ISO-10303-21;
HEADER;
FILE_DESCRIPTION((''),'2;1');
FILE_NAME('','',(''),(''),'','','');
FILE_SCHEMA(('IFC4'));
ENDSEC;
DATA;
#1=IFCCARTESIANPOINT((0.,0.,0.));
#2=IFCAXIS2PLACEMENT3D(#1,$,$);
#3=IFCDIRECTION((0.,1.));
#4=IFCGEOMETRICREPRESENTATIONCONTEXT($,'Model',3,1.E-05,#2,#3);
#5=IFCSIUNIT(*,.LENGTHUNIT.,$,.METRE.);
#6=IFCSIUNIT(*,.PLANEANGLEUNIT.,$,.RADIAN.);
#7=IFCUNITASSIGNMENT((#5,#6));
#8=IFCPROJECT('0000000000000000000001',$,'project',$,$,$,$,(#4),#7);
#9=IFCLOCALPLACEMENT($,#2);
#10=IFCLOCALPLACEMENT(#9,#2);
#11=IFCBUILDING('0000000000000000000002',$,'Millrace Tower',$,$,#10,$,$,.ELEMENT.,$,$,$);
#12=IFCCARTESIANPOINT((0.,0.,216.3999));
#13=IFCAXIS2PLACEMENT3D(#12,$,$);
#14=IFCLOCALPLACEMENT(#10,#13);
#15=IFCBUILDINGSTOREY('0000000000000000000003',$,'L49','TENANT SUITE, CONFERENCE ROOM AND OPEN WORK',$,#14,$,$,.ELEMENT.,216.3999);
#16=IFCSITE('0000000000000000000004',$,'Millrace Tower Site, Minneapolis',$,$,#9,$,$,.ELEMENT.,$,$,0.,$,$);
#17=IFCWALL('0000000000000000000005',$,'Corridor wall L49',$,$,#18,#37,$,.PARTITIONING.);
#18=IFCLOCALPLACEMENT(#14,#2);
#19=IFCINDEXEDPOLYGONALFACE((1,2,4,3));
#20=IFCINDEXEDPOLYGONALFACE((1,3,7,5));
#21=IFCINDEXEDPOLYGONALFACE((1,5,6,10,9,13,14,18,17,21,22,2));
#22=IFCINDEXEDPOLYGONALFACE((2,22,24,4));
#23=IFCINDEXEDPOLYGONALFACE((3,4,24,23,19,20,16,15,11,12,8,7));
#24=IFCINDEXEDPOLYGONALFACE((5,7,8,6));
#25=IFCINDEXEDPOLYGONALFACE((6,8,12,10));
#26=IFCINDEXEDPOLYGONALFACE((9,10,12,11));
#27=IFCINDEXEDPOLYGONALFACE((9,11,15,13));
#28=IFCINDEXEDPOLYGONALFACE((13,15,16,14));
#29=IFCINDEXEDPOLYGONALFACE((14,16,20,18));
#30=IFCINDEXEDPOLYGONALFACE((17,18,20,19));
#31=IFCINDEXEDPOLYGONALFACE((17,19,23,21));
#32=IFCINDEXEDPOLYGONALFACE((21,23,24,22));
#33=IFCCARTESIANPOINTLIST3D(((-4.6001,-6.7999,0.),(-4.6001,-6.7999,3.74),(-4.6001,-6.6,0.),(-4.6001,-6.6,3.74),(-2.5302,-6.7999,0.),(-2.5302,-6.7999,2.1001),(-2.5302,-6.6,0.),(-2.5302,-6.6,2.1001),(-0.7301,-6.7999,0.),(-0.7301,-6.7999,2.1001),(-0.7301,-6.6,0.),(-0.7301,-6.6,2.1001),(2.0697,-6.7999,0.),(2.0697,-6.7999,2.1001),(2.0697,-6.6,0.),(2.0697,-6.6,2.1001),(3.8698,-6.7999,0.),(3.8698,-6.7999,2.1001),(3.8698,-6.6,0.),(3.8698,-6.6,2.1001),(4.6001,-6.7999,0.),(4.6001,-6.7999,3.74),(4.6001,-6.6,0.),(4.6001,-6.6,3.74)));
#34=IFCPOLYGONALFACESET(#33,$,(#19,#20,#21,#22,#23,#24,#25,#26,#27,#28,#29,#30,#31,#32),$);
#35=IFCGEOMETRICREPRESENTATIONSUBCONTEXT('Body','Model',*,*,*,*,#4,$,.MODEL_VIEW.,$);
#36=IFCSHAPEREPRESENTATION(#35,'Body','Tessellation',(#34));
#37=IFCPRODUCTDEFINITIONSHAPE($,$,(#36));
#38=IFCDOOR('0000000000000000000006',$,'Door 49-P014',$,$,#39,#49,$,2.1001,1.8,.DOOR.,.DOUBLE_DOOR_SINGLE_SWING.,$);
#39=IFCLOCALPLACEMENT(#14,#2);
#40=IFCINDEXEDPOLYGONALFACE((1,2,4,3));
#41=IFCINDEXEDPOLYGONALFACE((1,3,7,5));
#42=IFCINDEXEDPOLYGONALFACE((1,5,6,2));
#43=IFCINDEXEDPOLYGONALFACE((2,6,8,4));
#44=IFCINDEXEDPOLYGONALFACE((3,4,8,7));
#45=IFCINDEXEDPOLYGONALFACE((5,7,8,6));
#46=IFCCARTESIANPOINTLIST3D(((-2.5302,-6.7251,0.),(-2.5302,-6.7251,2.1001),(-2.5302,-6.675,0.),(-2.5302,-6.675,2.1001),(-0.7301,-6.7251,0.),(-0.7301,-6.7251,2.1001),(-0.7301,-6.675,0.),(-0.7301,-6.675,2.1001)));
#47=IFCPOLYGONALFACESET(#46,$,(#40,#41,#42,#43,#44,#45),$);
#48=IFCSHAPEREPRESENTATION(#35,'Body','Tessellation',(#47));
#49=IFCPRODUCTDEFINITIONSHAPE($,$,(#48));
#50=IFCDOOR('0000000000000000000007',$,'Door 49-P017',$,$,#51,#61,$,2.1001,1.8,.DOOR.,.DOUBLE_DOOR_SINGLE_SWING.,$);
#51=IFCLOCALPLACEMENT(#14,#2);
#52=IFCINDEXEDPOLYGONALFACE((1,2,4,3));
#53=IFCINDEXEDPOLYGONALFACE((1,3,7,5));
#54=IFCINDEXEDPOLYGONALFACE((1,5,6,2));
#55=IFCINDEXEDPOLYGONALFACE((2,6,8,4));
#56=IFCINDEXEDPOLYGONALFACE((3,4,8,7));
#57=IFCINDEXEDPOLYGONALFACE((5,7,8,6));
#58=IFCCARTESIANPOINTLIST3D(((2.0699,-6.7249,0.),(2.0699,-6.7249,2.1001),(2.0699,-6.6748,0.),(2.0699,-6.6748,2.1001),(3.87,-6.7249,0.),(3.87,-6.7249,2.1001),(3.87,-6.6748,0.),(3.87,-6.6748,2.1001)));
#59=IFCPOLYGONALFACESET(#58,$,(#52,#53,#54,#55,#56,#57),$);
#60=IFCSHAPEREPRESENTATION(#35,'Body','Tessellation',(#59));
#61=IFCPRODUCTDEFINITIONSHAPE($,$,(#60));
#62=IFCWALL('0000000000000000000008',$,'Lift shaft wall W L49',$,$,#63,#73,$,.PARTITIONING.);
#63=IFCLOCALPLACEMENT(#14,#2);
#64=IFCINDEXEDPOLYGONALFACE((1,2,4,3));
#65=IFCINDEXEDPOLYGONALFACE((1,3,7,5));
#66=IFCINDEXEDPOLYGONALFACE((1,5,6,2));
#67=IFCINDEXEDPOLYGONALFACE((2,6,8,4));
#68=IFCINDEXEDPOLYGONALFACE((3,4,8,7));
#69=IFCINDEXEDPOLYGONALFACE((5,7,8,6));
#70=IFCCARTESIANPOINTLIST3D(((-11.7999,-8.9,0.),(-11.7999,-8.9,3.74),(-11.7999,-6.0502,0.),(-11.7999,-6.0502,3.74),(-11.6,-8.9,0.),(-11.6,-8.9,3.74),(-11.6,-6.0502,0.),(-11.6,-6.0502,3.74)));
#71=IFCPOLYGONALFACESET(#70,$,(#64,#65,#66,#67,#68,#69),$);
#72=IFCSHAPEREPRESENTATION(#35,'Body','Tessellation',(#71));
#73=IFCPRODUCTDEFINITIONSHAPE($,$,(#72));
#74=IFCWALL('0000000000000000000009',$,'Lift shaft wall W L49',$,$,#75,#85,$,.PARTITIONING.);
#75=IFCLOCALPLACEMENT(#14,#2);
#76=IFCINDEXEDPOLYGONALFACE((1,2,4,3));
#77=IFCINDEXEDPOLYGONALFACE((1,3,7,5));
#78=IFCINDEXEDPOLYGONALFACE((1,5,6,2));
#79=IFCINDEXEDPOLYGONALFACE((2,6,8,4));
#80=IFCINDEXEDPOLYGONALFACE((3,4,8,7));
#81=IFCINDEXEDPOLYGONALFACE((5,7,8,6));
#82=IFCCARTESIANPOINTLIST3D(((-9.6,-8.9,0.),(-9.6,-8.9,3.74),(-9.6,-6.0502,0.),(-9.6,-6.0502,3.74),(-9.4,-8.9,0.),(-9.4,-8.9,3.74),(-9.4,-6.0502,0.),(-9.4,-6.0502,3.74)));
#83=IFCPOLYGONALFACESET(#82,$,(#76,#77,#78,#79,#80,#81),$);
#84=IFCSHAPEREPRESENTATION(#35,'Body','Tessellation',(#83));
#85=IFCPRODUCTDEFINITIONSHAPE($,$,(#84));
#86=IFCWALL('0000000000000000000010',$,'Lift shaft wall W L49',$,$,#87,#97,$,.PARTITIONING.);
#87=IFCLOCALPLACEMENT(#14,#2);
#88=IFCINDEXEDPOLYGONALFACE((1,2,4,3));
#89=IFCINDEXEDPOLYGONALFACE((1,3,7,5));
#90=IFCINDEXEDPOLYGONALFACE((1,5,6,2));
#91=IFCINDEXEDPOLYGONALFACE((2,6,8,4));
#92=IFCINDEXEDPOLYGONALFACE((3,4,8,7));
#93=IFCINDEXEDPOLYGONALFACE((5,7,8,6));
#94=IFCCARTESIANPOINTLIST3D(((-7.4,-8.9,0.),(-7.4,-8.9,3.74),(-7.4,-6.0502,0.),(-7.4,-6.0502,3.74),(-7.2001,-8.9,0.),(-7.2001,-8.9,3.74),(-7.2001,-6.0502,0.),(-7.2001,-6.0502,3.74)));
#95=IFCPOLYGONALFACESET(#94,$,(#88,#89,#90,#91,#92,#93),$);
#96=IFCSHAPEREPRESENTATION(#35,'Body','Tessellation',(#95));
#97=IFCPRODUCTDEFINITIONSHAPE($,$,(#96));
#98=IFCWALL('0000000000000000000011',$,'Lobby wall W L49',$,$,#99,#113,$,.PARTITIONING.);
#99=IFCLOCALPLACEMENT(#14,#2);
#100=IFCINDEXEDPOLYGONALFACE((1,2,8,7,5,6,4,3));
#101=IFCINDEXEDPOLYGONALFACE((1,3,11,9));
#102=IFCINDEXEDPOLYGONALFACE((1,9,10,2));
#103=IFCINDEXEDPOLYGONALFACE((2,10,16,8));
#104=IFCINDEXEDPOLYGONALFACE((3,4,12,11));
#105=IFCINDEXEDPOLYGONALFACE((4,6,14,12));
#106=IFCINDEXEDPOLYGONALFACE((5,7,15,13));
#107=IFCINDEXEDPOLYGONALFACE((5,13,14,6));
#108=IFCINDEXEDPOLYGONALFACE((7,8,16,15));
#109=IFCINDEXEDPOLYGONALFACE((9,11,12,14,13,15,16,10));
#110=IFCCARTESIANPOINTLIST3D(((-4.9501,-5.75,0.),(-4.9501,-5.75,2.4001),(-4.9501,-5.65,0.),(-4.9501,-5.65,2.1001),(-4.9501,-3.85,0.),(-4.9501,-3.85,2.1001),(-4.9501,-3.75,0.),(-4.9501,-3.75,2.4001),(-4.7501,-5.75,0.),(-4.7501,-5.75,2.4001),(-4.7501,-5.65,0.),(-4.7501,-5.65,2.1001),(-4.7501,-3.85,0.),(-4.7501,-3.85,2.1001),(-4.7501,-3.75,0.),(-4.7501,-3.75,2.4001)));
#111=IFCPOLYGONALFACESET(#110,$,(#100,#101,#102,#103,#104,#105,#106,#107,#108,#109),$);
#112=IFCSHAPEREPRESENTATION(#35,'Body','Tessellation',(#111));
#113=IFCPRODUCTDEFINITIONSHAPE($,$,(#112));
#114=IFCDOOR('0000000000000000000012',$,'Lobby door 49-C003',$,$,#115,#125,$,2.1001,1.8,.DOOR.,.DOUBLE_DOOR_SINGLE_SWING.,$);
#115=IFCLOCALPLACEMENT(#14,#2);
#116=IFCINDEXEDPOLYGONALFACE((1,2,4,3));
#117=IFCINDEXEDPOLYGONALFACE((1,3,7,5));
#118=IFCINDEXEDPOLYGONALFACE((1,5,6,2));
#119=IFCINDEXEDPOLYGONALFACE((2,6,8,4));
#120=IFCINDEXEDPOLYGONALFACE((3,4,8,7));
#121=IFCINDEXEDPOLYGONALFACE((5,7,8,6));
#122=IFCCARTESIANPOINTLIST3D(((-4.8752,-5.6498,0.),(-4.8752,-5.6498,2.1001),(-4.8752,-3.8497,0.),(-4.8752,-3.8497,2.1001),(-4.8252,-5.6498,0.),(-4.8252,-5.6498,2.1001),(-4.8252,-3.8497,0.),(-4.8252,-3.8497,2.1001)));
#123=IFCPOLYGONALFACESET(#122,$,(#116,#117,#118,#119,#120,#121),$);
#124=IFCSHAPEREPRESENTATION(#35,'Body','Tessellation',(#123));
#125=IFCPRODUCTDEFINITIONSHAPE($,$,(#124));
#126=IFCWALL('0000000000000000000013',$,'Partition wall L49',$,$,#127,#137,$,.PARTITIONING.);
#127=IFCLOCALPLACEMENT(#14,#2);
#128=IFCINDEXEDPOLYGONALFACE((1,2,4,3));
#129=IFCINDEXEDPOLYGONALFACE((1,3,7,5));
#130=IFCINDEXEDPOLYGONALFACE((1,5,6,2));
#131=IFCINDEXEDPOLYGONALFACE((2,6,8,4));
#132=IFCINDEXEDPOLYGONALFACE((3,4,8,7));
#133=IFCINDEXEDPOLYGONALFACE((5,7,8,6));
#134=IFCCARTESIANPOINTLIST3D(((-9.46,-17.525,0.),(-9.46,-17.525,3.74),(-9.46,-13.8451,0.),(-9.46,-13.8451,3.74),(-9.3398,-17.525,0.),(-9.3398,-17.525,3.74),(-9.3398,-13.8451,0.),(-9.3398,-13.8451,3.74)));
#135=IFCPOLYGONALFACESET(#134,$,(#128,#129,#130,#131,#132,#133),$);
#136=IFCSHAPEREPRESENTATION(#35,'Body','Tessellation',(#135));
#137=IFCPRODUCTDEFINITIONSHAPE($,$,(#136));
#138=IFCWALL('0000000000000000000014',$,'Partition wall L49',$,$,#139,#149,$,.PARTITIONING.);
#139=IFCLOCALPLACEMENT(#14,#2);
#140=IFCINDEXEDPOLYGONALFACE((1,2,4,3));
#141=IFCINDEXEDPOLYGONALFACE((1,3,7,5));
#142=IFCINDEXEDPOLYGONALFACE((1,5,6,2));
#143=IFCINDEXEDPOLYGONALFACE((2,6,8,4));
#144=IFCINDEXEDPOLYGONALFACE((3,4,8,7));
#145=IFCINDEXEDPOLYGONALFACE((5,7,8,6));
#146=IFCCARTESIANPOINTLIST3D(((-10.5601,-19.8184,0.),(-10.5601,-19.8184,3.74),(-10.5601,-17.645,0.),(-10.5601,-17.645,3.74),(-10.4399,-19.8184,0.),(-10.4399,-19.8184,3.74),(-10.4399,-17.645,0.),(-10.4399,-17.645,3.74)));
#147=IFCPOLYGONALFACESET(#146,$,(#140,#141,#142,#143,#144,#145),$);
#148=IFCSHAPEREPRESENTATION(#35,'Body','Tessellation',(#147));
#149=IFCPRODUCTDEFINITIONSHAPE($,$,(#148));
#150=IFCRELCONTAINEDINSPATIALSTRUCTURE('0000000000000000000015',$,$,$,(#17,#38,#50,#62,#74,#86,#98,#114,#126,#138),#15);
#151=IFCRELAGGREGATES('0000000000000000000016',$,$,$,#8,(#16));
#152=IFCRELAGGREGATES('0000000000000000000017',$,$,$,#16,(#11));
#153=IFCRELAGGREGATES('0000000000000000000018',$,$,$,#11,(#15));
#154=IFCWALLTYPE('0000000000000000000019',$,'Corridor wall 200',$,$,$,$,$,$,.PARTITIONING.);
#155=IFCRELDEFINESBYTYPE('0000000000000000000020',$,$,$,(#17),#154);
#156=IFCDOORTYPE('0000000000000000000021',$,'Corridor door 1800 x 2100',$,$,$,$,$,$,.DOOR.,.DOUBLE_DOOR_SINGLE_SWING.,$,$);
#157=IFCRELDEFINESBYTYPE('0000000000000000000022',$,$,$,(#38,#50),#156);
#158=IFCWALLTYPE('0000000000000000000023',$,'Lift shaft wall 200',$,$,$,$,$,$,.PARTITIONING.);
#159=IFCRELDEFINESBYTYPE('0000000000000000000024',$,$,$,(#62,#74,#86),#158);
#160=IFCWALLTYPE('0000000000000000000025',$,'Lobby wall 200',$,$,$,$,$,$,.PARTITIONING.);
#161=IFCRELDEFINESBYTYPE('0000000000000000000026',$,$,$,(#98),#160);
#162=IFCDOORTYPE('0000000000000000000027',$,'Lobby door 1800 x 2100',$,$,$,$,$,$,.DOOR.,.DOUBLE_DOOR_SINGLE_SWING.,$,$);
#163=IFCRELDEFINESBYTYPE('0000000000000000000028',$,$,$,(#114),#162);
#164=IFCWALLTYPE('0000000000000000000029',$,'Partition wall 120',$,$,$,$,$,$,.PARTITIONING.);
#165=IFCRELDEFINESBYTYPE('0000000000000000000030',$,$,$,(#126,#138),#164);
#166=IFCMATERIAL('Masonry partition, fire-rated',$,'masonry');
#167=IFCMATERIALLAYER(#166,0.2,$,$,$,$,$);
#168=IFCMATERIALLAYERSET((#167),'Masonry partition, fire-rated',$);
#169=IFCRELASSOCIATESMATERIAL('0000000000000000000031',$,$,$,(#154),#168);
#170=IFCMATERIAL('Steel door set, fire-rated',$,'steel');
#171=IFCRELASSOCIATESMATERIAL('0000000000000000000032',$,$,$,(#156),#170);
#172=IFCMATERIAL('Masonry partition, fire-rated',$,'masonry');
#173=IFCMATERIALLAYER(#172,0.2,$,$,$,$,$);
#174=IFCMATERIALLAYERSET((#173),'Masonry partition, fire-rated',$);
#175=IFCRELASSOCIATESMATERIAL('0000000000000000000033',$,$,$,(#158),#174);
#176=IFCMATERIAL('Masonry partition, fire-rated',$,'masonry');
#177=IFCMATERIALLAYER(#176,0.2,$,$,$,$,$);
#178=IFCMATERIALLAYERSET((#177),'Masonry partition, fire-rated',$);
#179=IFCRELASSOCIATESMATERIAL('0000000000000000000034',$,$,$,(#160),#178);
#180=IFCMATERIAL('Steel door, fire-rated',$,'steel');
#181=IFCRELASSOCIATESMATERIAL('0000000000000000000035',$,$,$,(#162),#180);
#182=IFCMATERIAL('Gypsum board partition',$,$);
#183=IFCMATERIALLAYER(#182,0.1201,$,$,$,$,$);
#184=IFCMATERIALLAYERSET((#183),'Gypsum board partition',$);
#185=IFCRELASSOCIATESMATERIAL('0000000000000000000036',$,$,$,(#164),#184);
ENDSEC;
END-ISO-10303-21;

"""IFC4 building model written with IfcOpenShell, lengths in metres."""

from ifc_helpers import new_model, si_unit, direction, frame, frame_2d, origin, place, context, subcontext, project, spatial, rectangle, extrude, material, layer, layer_set, type_object, element, fill, save


model = new_model("IFC4")

# Units and contexts
model_context = context("Model", 3, precision=1e-05, world=origin(), true_north=direction((0.0, 1.0)))
body_context = subcontext(model_context, "Body", "Model", "MODEL_VIEW")
ifc_project = project(units=[si_unit("LENGTHUNIT", "METRE"), si_unit("PLANEANGLEUNIT", "RADIAN")], contexts=[model_context])

# Site, building, storey
site_placement = place(None, origin())
site = spatial("IfcSite", under=ifc_project, at=site_placement, Name="Millrace Tower Site, Minneapolis", CompositionType="ELEMENT", RefElevation=0.0)
building_placement = place(site_placement, origin())
building = spatial("IfcBuilding", under=site, at=building_placement, Name="Millrace Tower", CompositionType="ELEMENT")
storey_placement = place(building_placement, frame((0.0, 0.0, 216.3999)))
storey = spatial("IfcBuildingStorey", under=building, at=storey_placement, Name="L49", Description="TENANT SUITE, CONFERENCE ROOM AND OPEN WORK", CompositionType="ELEMENT", Elevation=216.3999)

# Wall, openings, doors
ifc_material_1 = material(Name="Masonry partition, fire-rated", Category="masonry")
ifc_layer_1 = layer(ifc_material_1, 0.2)
ifc_layer_set_1 = layer_set([ifc_layer_1], Name="Masonry partition, fire-rated")
wall_type_1 = type_object("IfcWallType", Name="Corridor wall 200", PredefinedType="PARTITIONING", material=ifc_layer_set_1)
wall_1_placement = place(storey_placement, frame((-4.6001, -6.7, 0.0), z_axis=(0.0, 0.0, 1.0), x_axis=(1.0, 0.0, 0.0)))
wall_1 = element("IfcWall", 1, at=wall_1_placement, inside=storey, type_object=wall_type_1, Name="Corridor wall L49", PredefinedType="PARTITIONING", context=body_context, shape_type="SweptSolid", body=[
    extrude(rectangle(XDim=9.2002, YDim=0.2, at=frame_2d((4.6001, 0.0))), origin(), (0.0, 0.0, 1.0), 3.74),
])
opening_1_placement = place(wall_1_placement, frame((2.0701, 0.0, 0.0)))
opening_1 = element("IfcOpeningElement", 2, at=opening_1_placement, cuts=wall_1, PredefinedType="OPENING", context=body_context, shape_type="SweptSolid", body=[
    extrude(rectangle(XDim=1.8, YDim=2.1001, at=frame_2d((0.8999, 1.05))), frame((0.0, 0.1099, 0.0), z_axis=(0.0, -1.0, 0.0), x_axis=(1.0, 0.0, 0.0)), (0.0, 0.0, 1.0), 0.22),
])
opening_2_placement = place(wall_1_placement, frame((6.6699, 0.0, 0.0)))
opening_2 = element("IfcOpeningElement", 3, at=opening_2_placement, cuts=wall_1, PredefinedType="OPENING", context=body_context, shape_type="SweptSolid", body=[
    extrude(rectangle(XDim=1.8, YDim=2.1001, at=frame_2d((0.8999, 1.05))), frame((0.0, 0.1099, 0.0), z_axis=(0.0, -1.0, 0.0), x_axis=(1.0, 0.0, 0.0)), (0.0, 0.0, 1.0), 0.22),
])
ifc_material_2 = material(Name="Steel door set, fire-rated", Category="steel")
door_type_1 = type_object("IfcDoorType", Name="Corridor door 1800 x 2100", OperationType="DOUBLE_DOOR_SINGLE_SWING", PredefinedType="DOOR", material=ifc_material_2)
door_1_placement = place(opening_1_placement, origin())
door_1 = element("IfcDoor", 4, at=door_1_placement, inside=storey, type_object=door_type_1, Name="Door 49-P014", OperationType="DOUBLE_DOOR_SINGLE_SWING", OverallHeight=2.1001, OverallWidth=1.8, PredefinedType="DOOR", context=body_context, shape_type="SweptSolid", body=[
    extrude(rectangle(XDim=1.8, YDim=2.1001, at=frame_2d((0.8999, 1.05))), frame((0.0, 0.0249, 0.0), z_axis=(0.0, -1.0, 0.0), x_axis=(1.0, 0.0, 0.0)), (0.0, 0.0, 1.0), 0.05),
])
fill(opening_1, door_1)
door_2_placement = place(opening_2_placement, frame((1.8, 0.0, 0.0), z_axis=(0.0, 0.0, 1.0), x_axis=(-1.0, 0.0, 0.0)))
door_2 = element("IfcDoor", 5, at=door_2_placement, inside=storey, type_object=door_type_1, Name="Door 49-P017", OperationType="DOUBLE_DOOR_SINGLE_SWING", OverallHeight=2.1001, OverallWidth=1.8, PredefinedType="DOOR", context=body_context, shape_type="SweptSolid", body=[
    extrude(rectangle(XDim=1.8, YDim=2.1001, at=frame_2d((0.8999, 1.05))), frame((0.0, 0.0249, 0.0), z_axis=(0.0, -1.0, 0.0), x_axis=(1.0, 0.0, 0.0)), (0.0, 0.0, 1.0), 0.05),
])
fill(opening_2, door_2)

# Walls
ifc_material_3 = material(Name="Masonry partition, fire-rated", Category="masonry")
ifc_layer_2 = layer(ifc_material_3, 0.2)
ifc_layer_set_2 = layer_set([ifc_layer_2], Name="Masonry partition, fire-rated")
wall_type_2 = type_object("IfcWallType", Name="Lift shaft wall 200", PredefinedType="PARTITIONING", material=ifc_layer_set_2)
for number, where, z_axis, x_axis, name in (
    (6, (-11.7, -8.8999, 0.0), (0.0, 0.0, 1.0), (0.0, 1.0, 0.0), "Lift shaft wall W L49"),
    (7, (-9.5, -8.8999, 0.0), (0.0, 0.0, 1.0), (0.0, 1.0, 0.0), "Lift shaft wall W L49"),
    (8, (-7.3, -8.8999, 0.0), (0.0, 0.0, 1.0), (0.0, 1.0, 0.0), "Lift shaft wall W L49"),
):
    element("IfcWall", number, at=place(storey_placement, frame(where, z_axis=z_axis, x_axis=x_axis)), inside=storey, type_object=wall_type_2, Name=name, PredefinedType="PARTITIONING", context=body_context, shape_type="SweptSolid", body=[
        extrude(rectangle(XDim=2.8499, YDim=0.2, at=frame_2d((1.4248, 0.0))), origin(), (0.0, 0.0, 1.0), 3.74),
    ])

# Wall, opening, door
ifc_material_4 = material(Name="Masonry partition, fire-rated", Category="masonry")
ifc_layer_3 = layer(ifc_material_4, 0.2)
ifc_layer_set_3 = layer_set([ifc_layer_3], Name="Masonry partition, fire-rated")
wall_type_3 = type_object("IfcWallType", Name="Lobby wall 200", PredefinedType="PARTITIONING", material=ifc_layer_set_3)
wall_2_placement = place(storey_placement, frame((-4.8501, -5.75, 0.0), z_axis=(0.0, 0.0, 1.0), x_axis=(0.0, 1.0, 0.0)))
wall_2 = element("IfcWall", 9, at=wall_2_placement, inside=storey, type_object=wall_type_3, Name="Lobby wall W L49", PredefinedType="PARTITIONING", context=body_context, shape_type="SweptSolid", body=[
    extrude(rectangle(XDim=2.0, YDim=0.2, at=frame_2d((1.0, 0.0))), origin(), (0.0, 0.0, 1.0), 2.4001),
])
opening_3_placement = place(wall_2_placement, frame((0.1001, 0.0, 0.0)))
opening_3 = element("IfcOpeningElement", 10, at=opening_3_placement, cuts=wall_2, PredefinedType="OPENING", context=body_context, shape_type="SweptSolid", body=[
    extrude(rectangle(XDim=1.8, YDim=2.1001, at=frame_2d((0.8999, 1.05))), frame((0.0, 0.1099, 0.0), z_axis=(0.0, -1.0, 0.0), x_axis=(1.0, 0.0, 0.0)), (0.0, 0.0, 1.0), 0.22),
])
ifc_material_5 = material(Name="Steel door, fire-rated", Category="steel")
door_type_2 = type_object("IfcDoorType", Name="Lobby door 1800 x 2100", OperationType="DOUBLE_DOOR_SINGLE_SWING", PredefinedType="DOOR", material=ifc_material_5)
door_3_placement = place(opening_3_placement, frame((1.8, 0.0, 0.0), z_axis=(0.0, 0.0, 1.0), x_axis=(-1.0, 0.0, 0.0)))
door_3 = element("IfcDoor", 11, at=door_3_placement, inside=storey, type_object=door_type_2, Name="Lobby door 49-C003", OperationType="DOUBLE_DOOR_SINGLE_SWING", OverallHeight=2.1001, OverallWidth=1.8, PredefinedType="DOOR", context=body_context, shape_type="SweptSolid", body=[
    extrude(rectangle(XDim=1.8, YDim=2.1001, at=frame_2d((0.8999, 1.05))), frame((0.0, 0.0249, 0.0), z_axis=(0.0, -1.0, 0.0), x_axis=(1.0, 0.0, 0.0)), (0.0, 0.0, 1.0), 0.05),
])
fill(opening_3, door_3)

# Walls
ifc_material_6 = material(Name="Gypsum board partition")
ifc_layer_4 = layer(ifc_material_6, 0.1201)
ifc_layer_set_4 = layer_set([ifc_layer_4], Name="Gypsum board partition")
wall_type_4 = type_object("IfcWallType", Name="Partition wall 120", PredefinedType="PARTITIONING", material=ifc_layer_set_4)
wall_3_placement = place(storey_placement, frame((-9.3999, -17.5249, 0.0), z_axis=(0.0, 0.0, 1.0), x_axis=(0.0, 1.0, 0.0)))
element("IfcWall", 12, at=wall_3_placement, inside=storey, type_object=wall_type_4, Name="Partition wall L49", PredefinedType="PARTITIONING", context=body_context, shape_type="SweptSolid", body=[
    extrude(rectangle(XDim=3.6799, YDim=0.1201, at=frame_2d((1.8398, 0.0))), origin(), (0.0, 0.0, 1.0), 3.74),
])
wall_4_placement = place(storey_placement, frame((-10.5, -19.8184, 0.0), z_axis=(0.0, 0.0, 1.0), x_axis=(0.0, 1.0, 0.0)))
element("IfcWall", 13, at=wall_4_placement, inside=storey, type_object=wall_type_4, Name="Partition wall L49", PredefinedType="PARTITIONING", context=body_context, shape_type="SweptSolid", body=[
    extrude(rectangle(XDim=2.1733, YDim=0.1201, at=frame_2d((1.0867, 0.0))), origin(), (0.0, 0.0, 1.0), 3.74),
])

save(model, "model.ifc")
